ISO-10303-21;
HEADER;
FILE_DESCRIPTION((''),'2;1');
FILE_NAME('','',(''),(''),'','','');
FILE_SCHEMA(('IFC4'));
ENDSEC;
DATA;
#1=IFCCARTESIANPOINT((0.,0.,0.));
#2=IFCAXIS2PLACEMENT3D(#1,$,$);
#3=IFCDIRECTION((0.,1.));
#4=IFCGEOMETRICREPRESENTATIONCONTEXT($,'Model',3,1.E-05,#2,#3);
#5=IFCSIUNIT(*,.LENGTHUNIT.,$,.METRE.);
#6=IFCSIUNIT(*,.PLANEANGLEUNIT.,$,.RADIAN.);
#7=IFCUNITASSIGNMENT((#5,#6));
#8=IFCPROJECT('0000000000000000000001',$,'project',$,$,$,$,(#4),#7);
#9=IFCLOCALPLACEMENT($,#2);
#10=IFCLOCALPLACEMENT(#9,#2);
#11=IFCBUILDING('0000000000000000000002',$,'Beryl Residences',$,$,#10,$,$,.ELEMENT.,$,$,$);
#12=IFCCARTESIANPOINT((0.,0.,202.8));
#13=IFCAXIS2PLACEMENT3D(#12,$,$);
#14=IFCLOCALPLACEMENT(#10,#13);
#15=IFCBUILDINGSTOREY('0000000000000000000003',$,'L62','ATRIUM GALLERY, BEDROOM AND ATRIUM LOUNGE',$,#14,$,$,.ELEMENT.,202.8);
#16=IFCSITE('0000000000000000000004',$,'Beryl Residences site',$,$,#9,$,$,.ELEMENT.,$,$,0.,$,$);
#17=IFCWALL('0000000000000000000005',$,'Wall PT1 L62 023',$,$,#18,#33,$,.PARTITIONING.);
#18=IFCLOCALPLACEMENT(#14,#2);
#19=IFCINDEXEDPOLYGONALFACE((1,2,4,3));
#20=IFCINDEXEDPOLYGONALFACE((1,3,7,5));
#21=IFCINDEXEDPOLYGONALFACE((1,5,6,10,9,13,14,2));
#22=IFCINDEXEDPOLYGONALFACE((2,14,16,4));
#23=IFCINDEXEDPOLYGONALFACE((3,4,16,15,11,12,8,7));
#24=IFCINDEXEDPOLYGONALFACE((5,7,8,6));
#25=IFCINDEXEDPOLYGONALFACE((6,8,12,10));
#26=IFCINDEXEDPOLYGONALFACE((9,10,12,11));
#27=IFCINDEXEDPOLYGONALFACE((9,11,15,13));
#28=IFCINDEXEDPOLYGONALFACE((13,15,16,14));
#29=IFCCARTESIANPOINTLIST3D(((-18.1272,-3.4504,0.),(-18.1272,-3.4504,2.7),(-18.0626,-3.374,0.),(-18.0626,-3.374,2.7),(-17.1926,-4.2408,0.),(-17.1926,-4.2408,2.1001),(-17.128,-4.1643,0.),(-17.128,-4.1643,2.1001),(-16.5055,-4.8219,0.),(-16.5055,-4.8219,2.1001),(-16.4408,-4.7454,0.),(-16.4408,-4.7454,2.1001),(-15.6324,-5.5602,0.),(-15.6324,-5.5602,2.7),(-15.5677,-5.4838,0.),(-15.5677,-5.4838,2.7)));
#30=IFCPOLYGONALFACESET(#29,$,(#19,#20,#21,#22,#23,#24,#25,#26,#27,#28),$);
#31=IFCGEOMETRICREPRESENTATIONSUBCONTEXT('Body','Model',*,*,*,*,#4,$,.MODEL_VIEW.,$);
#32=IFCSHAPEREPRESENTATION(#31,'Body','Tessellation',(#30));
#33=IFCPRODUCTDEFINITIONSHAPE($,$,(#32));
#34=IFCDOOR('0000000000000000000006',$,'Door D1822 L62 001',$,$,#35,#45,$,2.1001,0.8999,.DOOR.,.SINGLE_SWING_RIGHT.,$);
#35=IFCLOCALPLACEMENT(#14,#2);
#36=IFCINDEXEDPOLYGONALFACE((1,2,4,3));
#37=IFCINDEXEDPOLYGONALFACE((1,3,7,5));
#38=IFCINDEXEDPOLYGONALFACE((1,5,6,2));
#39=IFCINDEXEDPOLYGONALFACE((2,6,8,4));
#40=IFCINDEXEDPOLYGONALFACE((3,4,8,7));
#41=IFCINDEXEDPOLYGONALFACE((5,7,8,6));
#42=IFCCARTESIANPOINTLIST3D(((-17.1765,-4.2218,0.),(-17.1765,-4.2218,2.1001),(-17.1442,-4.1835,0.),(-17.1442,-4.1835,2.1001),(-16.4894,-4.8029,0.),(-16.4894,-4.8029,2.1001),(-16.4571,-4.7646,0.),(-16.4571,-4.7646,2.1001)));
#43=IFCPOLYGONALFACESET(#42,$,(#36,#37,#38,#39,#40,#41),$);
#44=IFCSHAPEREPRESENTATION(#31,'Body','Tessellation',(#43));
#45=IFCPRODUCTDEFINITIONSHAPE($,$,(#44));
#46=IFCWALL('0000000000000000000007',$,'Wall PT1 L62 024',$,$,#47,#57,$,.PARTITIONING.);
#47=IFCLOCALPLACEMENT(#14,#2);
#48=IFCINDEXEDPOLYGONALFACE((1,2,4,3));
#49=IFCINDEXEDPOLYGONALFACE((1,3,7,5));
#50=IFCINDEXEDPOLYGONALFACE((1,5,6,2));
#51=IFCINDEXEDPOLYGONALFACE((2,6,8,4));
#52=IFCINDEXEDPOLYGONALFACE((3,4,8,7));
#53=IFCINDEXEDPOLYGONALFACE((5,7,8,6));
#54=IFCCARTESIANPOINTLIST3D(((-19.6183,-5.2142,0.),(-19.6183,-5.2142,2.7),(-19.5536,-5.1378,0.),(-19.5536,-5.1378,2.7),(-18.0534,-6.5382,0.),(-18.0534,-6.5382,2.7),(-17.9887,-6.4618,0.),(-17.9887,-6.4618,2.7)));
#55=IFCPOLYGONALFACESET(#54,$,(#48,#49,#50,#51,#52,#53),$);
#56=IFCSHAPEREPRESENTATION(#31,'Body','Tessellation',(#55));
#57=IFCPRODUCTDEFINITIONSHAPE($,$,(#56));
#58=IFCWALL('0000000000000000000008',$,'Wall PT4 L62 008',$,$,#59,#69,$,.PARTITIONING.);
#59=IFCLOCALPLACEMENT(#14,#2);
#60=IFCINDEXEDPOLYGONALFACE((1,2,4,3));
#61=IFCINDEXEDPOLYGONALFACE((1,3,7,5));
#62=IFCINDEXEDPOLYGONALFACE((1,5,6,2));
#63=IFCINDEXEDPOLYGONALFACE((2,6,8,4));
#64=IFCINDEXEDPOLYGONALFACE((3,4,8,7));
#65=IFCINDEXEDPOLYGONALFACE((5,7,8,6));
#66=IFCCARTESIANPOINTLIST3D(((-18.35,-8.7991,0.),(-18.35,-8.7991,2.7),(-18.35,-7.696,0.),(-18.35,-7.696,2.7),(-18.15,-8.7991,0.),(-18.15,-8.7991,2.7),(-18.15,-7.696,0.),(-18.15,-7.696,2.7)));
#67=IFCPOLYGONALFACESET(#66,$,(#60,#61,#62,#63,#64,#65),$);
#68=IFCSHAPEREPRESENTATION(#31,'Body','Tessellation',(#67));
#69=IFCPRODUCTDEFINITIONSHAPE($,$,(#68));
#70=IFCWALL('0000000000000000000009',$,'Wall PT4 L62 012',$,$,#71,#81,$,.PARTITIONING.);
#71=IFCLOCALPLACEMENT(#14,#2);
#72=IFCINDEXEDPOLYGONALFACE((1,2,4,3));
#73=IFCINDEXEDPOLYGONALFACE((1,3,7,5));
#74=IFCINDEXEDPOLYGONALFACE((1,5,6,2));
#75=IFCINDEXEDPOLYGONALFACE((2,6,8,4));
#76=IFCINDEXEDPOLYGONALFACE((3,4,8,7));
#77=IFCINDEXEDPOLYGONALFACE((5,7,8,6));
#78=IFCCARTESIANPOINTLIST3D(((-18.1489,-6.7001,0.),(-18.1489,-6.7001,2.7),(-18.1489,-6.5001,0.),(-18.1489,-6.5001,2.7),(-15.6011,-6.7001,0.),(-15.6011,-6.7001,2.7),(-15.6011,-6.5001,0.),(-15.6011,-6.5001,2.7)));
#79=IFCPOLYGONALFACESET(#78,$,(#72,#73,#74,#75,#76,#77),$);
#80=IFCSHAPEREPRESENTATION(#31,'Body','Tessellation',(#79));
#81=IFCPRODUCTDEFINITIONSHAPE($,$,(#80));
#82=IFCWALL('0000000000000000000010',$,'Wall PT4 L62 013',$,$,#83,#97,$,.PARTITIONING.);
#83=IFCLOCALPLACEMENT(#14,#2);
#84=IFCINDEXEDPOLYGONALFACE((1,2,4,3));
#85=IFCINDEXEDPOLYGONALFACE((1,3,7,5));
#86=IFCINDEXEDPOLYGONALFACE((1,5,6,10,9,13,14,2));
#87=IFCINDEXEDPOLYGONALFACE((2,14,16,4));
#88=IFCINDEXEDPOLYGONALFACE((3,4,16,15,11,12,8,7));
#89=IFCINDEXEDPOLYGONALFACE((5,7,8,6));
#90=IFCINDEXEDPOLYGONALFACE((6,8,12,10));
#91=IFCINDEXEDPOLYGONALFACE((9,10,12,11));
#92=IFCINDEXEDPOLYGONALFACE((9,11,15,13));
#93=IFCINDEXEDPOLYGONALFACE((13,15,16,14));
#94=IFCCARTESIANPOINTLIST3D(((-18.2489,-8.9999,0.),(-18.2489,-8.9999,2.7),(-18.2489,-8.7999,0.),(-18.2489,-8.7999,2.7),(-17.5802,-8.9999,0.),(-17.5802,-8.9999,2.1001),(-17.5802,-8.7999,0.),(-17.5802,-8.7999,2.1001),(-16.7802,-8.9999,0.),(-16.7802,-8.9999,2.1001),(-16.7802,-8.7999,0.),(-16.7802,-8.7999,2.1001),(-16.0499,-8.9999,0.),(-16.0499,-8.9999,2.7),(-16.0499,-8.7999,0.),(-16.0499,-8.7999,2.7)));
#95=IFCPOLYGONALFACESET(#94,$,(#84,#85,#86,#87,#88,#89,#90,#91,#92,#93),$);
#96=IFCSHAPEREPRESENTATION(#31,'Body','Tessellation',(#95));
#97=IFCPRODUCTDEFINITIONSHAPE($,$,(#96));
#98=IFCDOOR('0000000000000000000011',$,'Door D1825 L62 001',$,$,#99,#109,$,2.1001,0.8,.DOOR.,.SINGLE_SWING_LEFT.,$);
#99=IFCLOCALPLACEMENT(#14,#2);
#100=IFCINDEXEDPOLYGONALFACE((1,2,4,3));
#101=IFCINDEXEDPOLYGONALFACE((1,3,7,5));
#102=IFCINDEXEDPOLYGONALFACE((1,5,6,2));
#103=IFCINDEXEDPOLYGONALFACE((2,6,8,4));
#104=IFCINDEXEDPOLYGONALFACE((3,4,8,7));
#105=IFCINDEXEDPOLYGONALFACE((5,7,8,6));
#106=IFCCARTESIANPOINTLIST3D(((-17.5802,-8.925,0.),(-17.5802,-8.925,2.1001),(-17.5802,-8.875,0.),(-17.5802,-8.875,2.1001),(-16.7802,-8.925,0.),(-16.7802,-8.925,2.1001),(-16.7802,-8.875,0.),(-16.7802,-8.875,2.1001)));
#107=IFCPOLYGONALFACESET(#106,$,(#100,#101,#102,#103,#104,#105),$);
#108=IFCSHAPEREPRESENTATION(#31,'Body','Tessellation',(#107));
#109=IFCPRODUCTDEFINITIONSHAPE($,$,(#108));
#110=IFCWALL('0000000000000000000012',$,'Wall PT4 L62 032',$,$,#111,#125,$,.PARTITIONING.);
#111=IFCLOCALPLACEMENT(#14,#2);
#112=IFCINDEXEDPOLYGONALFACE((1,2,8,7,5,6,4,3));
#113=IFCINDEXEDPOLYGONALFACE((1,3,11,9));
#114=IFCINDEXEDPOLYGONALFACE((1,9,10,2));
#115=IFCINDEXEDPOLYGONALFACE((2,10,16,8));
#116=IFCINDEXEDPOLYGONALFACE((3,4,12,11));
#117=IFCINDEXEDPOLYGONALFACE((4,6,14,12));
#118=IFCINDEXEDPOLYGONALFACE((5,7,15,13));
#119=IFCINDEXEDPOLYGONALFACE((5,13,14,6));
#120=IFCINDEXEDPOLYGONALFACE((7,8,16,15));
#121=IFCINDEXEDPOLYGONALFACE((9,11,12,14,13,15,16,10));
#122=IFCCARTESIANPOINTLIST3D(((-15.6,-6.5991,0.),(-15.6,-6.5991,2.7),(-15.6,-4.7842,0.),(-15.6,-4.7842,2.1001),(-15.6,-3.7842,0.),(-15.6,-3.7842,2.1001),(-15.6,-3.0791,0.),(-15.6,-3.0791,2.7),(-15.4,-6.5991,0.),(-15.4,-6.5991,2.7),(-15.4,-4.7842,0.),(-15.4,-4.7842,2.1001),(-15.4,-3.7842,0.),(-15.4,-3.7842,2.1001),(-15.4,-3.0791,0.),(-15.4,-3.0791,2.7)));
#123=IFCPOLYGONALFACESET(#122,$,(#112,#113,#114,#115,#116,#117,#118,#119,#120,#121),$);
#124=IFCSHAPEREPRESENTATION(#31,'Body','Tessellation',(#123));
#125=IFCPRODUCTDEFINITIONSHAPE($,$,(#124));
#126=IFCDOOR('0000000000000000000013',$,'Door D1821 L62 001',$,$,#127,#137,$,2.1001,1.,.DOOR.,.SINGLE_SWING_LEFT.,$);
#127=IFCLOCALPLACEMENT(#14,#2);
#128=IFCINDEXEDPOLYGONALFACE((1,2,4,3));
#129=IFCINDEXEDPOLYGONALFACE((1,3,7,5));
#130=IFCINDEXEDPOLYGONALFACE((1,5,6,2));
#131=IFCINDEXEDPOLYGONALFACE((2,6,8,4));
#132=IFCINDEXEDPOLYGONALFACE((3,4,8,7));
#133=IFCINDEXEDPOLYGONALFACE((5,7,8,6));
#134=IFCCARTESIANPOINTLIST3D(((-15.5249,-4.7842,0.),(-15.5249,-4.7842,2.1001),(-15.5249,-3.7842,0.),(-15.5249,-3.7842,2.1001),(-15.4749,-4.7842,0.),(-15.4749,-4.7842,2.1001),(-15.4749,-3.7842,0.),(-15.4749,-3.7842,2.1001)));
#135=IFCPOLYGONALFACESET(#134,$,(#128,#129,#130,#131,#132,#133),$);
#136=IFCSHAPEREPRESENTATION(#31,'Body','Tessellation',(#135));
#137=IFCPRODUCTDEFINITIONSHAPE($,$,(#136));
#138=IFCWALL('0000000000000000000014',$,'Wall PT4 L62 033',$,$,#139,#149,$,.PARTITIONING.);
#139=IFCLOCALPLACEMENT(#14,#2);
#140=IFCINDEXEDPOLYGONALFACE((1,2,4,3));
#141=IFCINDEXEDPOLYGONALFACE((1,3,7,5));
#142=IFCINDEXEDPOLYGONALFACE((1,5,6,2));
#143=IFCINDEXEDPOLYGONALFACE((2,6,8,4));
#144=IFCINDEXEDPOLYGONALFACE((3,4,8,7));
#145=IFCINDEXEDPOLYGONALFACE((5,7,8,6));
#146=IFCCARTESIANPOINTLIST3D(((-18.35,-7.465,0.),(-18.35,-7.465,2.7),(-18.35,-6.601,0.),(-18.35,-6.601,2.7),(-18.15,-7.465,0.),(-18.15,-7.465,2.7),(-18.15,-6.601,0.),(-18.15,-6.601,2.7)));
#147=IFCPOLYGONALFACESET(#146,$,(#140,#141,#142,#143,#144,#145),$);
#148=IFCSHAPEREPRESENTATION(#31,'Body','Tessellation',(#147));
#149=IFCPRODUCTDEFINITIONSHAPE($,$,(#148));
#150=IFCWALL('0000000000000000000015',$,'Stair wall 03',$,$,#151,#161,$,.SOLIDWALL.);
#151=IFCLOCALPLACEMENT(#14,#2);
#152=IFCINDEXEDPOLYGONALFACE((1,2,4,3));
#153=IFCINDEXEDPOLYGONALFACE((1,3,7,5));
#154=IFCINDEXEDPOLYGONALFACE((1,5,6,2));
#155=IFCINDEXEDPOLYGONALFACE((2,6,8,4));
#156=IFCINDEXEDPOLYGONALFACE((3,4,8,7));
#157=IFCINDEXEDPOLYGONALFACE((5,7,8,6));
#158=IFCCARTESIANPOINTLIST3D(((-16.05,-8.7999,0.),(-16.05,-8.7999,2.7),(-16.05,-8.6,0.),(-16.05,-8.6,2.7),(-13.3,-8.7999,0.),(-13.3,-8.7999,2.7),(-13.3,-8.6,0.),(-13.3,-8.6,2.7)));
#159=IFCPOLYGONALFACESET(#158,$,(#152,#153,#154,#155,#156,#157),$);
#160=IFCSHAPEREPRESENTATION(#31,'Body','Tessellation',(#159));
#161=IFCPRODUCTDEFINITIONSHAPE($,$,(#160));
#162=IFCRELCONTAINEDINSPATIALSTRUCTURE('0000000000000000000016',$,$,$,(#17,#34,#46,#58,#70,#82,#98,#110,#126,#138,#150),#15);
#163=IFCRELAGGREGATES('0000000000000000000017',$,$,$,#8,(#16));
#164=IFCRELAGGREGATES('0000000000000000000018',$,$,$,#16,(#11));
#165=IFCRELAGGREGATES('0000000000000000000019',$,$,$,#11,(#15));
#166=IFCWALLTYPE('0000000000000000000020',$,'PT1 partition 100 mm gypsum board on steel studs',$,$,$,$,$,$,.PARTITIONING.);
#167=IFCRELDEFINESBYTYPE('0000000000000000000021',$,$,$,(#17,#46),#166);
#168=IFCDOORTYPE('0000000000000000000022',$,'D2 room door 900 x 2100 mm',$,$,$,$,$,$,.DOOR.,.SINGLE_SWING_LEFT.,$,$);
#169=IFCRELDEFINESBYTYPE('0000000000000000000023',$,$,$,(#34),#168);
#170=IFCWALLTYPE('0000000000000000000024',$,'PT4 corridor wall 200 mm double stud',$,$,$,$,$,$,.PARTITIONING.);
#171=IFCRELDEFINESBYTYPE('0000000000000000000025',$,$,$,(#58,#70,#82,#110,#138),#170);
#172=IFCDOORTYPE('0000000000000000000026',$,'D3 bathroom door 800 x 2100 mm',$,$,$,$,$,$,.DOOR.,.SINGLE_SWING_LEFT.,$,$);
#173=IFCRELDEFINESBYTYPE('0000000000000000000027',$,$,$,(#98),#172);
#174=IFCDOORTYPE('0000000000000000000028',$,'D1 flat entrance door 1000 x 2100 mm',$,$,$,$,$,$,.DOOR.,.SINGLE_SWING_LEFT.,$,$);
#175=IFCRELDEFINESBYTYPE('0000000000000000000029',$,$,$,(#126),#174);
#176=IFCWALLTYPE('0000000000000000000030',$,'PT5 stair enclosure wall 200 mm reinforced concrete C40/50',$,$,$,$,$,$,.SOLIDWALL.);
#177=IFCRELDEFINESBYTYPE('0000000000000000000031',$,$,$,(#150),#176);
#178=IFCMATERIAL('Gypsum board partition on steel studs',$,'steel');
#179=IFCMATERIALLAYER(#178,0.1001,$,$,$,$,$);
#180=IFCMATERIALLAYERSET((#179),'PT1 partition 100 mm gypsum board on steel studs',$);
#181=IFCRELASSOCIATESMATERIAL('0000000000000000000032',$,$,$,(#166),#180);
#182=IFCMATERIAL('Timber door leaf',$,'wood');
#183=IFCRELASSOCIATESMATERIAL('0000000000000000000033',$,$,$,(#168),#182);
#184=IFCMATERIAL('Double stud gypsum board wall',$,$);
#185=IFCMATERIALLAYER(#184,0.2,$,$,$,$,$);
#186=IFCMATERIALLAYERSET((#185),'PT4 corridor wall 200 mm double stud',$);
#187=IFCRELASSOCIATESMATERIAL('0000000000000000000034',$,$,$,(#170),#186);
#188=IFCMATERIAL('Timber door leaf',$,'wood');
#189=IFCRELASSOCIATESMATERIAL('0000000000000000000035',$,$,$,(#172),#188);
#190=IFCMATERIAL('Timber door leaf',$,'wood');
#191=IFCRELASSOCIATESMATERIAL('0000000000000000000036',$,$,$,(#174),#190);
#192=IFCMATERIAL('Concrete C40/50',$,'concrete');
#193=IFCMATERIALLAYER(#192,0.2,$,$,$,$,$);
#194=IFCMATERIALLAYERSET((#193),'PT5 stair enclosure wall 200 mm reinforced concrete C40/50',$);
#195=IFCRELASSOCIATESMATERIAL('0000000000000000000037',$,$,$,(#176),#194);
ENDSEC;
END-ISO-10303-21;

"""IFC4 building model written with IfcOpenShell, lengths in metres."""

from ifc_helpers import new_model, si_unit, direction, frame, frame_2d, origin, place, context, subcontext, project, spatial, rectangle, extrude, material, layer, layer_set, type_object, element, fill, save


model = new_model("IFC4")

# Units and contexts
model_context = context("Model", 3, precision=1e-05, world=origin(), true_north=direction((0.0, 1.0)))
body_context = subcontext(model_context, "Body", "Model", "MODEL_VIEW")
ifc_project = project(units=[si_unit("LENGTHUNIT", "METRE"), si_unit("PLANEANGLEUNIT", "RADIAN")], contexts=[model_context])

# Site, building, storey
site_placement = place(None, origin())
site = spatial("IfcSite", under=ifc_project, at=site_placement, Name="Beryl Residences site", CompositionType="ELEMENT", RefElevation=0.0)
building_placement = place(site_placement, origin())
building = spatial("IfcBuilding", under=site, at=building_placement, Name="Beryl Residences", CompositionType="ELEMENT")
storey_placement = place(building_placement, frame((0.0, 0.0, 202.8)))
storey = spatial("IfcBuildingStorey", under=building, at=storey_placement, Name="L62", Description="ATRIUM GALLERY, BEDROOM AND ATRIUM LOUNGE", CompositionType="ELEMENT", Elevation=202.8)

# Wall, opening, door
ifc_material_1 = material(Name="Gypsum board partition on steel studs", Category="steel")
ifc_layer_1 = layer(ifc_material_1, 0.1001)
ifc_layer_set_1 = layer_set([ifc_layer_1], Name="PT1 partition 100 mm gypsum board on steel studs")
wall_type_1 = type_object("IfcWallType", Name="PT1 partition 100 mm gypsum board on steel studs", PredefinedType="PARTITIONING", material=ifc_layer_set_1)
wall_1_placement = place(storey_placement, frame((-18.095, -3.4121, 0.0), z_axis=(0.0, 0.0, 1.0), x_axis=(0.763565, -0.645731, 0.0)))
wall_1 = element("IfcWall", 1, at=wall_1_placement, inside=storey, type_object=wall_type_1, Name="Wall PT1 L62 023", PredefinedType="PARTITIONING", context=body_context, shape_type="SweptSolid", body=[
    extrude(rectangle(XDim=3.2673, YDim=0.1001, at=frame_2d((1.6338, 0.0))), origin(), (0.0, 0.0, 1.0), 2.7),
])
opening_1_placement = place(wall_1_placement, frame((1.2241, 0.0, 0.0)))
opening_1 = element("IfcOpeningElement", 2, at=opening_1_placement, cuts=wall_1, PredefinedType="OPENING", context=body_context, shape_type="SweptSolid", body=[
    extrude(rectangle(XDim=0.8999, YDim=2.1001, at=frame_2d((0.45, 1.05))), frame((0.0, 0.0601, 0.0), z_axis=(0.0, -1.0, 0.0), x_axis=(1.0, 0.0, 0.0)), (0.0, 0.0, 1.0), 0.1201),
])
ifc_material_2 = material(Name="Timber door leaf", Category="wood")
door_type_1 = type_object("IfcDoorType", Name="D2 room door 900 x 2100 mm", OperationType="SINGLE_SWING_LEFT", PredefinedType="DOOR", material=ifc_material_2)
door_1_placement = place(opening_1_placement, origin())
door_1 = element("IfcDoor", 3, at=door_1_placement, inside=storey, type_object=door_type_1, Name="Door D1822 L62 001", OperationType="SINGLE_SWING_RIGHT", OverallHeight=2.1001, OverallWidth=0.8999, PredefinedType="DOOR", context=body_context, shape_type="SweptSolid", body=[
    extrude(rectangle(XDim=0.8999, YDim=2.1001, at=frame_2d((0.45, 1.05))), frame((0.0, 0.0249, 0.0), z_axis=(0.0, -1.0, 0.0), x_axis=(1.0, 0.0, 0.0)), (0.0, 0.0, 1.0), 0.05),
])
fill(opening_1, door_1)

# Walls
wall_2_placement = place(storey_placement, frame((-19.5859, -5.176, 0.0), z_axis=(0.0, 0.0, 1.0), x_axis=(0.763436, -0.645884, 0.0)))
element("IfcWall", 4, at=wall_2_placement, inside=storey, type_object=wall_type_1, Name="Wall PT1 L62 024", PredefinedType="PARTITIONING", context=body_context, shape_type="SweptSolid", body=[
    extrude(rectangle(XDim=2.0498, YDim=0.1001, at=frame_2d((1.0249, 0.0))), origin(), (0.0, 0.0, 1.0), 2.7),
])
ifc_material_3 = material(Name="Double stud gypsum board wall")
ifc_layer_2 = layer(ifc_material_3, 0.2)
ifc_layer_set_2 = layer_set([ifc_layer_2], Name="PT4 corridor wall 200 mm double stud")
wall_type_2 = type_object("IfcWallType", Name="PT4 corridor wall 200 mm double stud", PredefinedType="PARTITIONING", material=ifc_layer_set_2)
wall_3_placement = place(storey_placement, frame((-18.25, -7.696, 0.0), z_axis=(0.0, 0.0, 1.0), x_axis=(0.0, -1.0, 0.0)))
element("IfcWall", 5, at=wall_3_placement, inside=storey, type_object=wall_type_2, Name="Wall PT4 L62 008", PredefinedType="PARTITIONING", context=body_context, shape_type="SweptSolid", body=[
    extrude(rectangle(XDim=1.103, YDim=0.2, at=frame_2d((0.5515, 0.0))), origin(), (0.0, 0.0, 1.0), 2.7),
])
wall_4_placement = place(storey_placement, frame((-18.1489, -6.6001, 0.0), z_axis=(0.0, 0.0, 1.0), x_axis=(1.0, 0.0, 0.0)))
element("IfcWall", 6, at=wall_4_placement, inside=storey, type_object=wall_type_2, Name="Wall PT4 L62 012", PredefinedType="PARTITIONING", context=body_context, shape_type="SweptSolid", body=[
    extrude(rectangle(XDim=2.5479, YDim=0.2, at=frame_2d((1.2739, 0.0))), origin(), (0.0, 0.0, 1.0), 2.7),
])

# Walls, openings, doors
wall_5_placement = place(storey_placement, frame((-18.249, -8.8999, 0.0), z_axis=(0.0, 0.0, 1.0), x_axis=(1.0, 0.0, 0.0)))
wall_5 = element("IfcWall", 7, at=wall_5_placement, inside=storey, type_object=wall_type_2, Name="Wall PT4 L62 013", PredefinedType="PARTITIONING", context=body_context, shape_type="SweptSolid", body=[
    extrude(rectangle(XDim=2.199, YDim=0.2, at=frame_2d((1.0996, 0.0))), origin(), (0.0, 0.0, 1.0), 2.7),
])
opening_2_placement = place(wall_5_placement, frame((0.6689, 0.0, 0.0)))
opening_2 = element("IfcOpeningElement", 8, at=opening_2_placement, cuts=wall_5, PredefinedType="OPENING", context=body_context, shape_type="SweptSolid", body=[
    extrude(rectangle(XDim=0.8, YDim=2.1001, at=frame_2d((0.3999, 1.05))), frame((0.0, 0.1099, 0.0), z_axis=(0.0, -1.0, 0.0), x_axis=(1.0, 0.0, 0.0)), (0.0, 0.0, 1.0), 0.22),
])
ifc_material_4 = material(Name="Timber door leaf", Category="wood")
door_type_2 = type_object("IfcDoorType", Name="D3 bathroom door 800 x 2100 mm", OperationType="SINGLE_SWING_LEFT", PredefinedType="DOOR", material=ifc_material_4)
door_2_placement = place(opening_2_placement, origin())
door_2 = element("IfcDoor", 9, at=door_2_placement, inside=storey, type_object=door_type_2, Name="Door D1825 L62 001", OperationType="SINGLE_SWING_LEFT", OverallHeight=2.1001, OverallWidth=0.8, PredefinedType="DOOR", context=body_context, shape_type="SweptSolid", body=[
    extrude(rectangle(XDim=0.8, YDim=2.1001, at=frame_2d((0.3999, 1.05))), frame((0.0, 0.0249, 0.0), z_axis=(0.0, -1.0, 0.0), x_axis=(1.0, 0.0, 0.0)), (0.0, 0.0, 1.0), 0.05),
])
fill(opening_2, door_2)
wall_6_placement = place(storey_placement, frame((-15.5, -6.5991, 0.0), z_axis=(0.0, 0.0, 1.0), x_axis=(0.0, 1.0, 0.0)))
wall_6 = element("IfcWall", 10, at=wall_6_placement, inside=storey, type_object=wall_type_2, Name="Wall PT4 L62 032", PredefinedType="PARTITIONING", context=body_context, shape_type="SweptSolid", body=[
    extrude(rectangle(XDim=3.52, YDim=0.2, at=frame_2d((1.76, 0.0))), origin(), (0.0, 0.0, 1.0), 2.7),
])
opening_3_placement = place(wall_6_placement, frame((1.8149, 0.0, 0.0)))
opening_3 = element("IfcOpeningElement", 11, at=opening_3_placement, cuts=wall_6, PredefinedType="OPENING", context=body_context, shape_type="SweptSolid", body=[
    extrude(rectangle(XDim=1.0, YDim=2.1001, at=frame_2d((0.5, 1.05))), frame((0.0, 0.1099, 0.0), z_axis=(0.0, -1.0, 0.0), x_axis=(1.0, 0.0, 0.0)), (0.0, 0.0, 1.0), 0.22),
])
ifc_material_5 = material(Name="Timber door leaf", Category="wood")
door_type_3 = type_object("IfcDoorType", Name="D1 flat entrance door 1000 x 2100 mm", OperationType="SINGLE_SWING_LEFT", PredefinedType="DOOR", material=ifc_material_5)
door_3_placement = place(opening_3_placement, origin())
door_3 = element("IfcDoor", 12, at=door_3_placement, inside=storey, type_object=door_type_3, Name="Door D1821 L62 001", OperationType="SINGLE_SWING_LEFT", OverallHeight=2.1001, OverallWidth=1.0, PredefinedType="DOOR", context=body_context, shape_type="SweptSolid", body=[
    extrude(rectangle(XDim=1.0, YDim=2.1001, at=frame_2d((0.5, 1.05))), frame((0.0, 0.0249, 0.0), z_axis=(0.0, -1.0, 0.0), x_axis=(1.0, 0.0, 0.0)), (0.0, 0.0, 1.0), 0.05),
])
fill(opening_3, door_3)

# Walls
wall_7_placement = place(storey_placement, frame((-18.25, -7.4651, 0.0), z_axis=(0.0, 0.0, 1.0), x_axis=(0.0, 1.0, 0.0)))
element("IfcWall", 13, at=wall_7_placement, inside=storey, type_object=wall_type_2, Name="Wall PT4 L62 033", PredefinedType="PARTITIONING", context=body_context, shape_type="SweptSolid", body=[
    extrude(rectangle(XDim=0.864, YDim=0.2, at=frame_2d((0.4321, 0.0))), origin(), (0.0, 0.0, 1.0), 2.7),
])
ifc_material_6 = material(Name="Concrete C40/50", Category="concrete")
ifc_layer_3 = layer(ifc_material_6, 0.2)
ifc_layer_set_3 = layer_set([ifc_layer_3], Name="PT5 stair enclosure wall 200 mm reinforced concrete C40/50")
wall_type_3 = type_object("IfcWallType", Name="PT5 stair enclosure wall 200 mm reinforced concrete C40/50", PredefinedType="SOLIDWALL", material=ifc_layer_set_3)
wall_8_placement = place(storey_placement, frame((-16.05, -8.7, 0.0), z_axis=(0.0, 0.0, 1.0), x_axis=(1.0, 0.0, 0.0)))
element("IfcWall", 14, at=wall_8_placement, inside=storey, type_object=wall_type_3, Name="Stair wall 03", PredefinedType="SOLIDWALL", context=body_context, shape_type="SweptSolid", body=[
    extrude(rectangle(XDim=2.75, YDim=0.2, at=frame_2d((1.375, 0.0))), origin(), (0.0, 0.0, 1.0), 2.7),
])

save(model, "model.ifc")
